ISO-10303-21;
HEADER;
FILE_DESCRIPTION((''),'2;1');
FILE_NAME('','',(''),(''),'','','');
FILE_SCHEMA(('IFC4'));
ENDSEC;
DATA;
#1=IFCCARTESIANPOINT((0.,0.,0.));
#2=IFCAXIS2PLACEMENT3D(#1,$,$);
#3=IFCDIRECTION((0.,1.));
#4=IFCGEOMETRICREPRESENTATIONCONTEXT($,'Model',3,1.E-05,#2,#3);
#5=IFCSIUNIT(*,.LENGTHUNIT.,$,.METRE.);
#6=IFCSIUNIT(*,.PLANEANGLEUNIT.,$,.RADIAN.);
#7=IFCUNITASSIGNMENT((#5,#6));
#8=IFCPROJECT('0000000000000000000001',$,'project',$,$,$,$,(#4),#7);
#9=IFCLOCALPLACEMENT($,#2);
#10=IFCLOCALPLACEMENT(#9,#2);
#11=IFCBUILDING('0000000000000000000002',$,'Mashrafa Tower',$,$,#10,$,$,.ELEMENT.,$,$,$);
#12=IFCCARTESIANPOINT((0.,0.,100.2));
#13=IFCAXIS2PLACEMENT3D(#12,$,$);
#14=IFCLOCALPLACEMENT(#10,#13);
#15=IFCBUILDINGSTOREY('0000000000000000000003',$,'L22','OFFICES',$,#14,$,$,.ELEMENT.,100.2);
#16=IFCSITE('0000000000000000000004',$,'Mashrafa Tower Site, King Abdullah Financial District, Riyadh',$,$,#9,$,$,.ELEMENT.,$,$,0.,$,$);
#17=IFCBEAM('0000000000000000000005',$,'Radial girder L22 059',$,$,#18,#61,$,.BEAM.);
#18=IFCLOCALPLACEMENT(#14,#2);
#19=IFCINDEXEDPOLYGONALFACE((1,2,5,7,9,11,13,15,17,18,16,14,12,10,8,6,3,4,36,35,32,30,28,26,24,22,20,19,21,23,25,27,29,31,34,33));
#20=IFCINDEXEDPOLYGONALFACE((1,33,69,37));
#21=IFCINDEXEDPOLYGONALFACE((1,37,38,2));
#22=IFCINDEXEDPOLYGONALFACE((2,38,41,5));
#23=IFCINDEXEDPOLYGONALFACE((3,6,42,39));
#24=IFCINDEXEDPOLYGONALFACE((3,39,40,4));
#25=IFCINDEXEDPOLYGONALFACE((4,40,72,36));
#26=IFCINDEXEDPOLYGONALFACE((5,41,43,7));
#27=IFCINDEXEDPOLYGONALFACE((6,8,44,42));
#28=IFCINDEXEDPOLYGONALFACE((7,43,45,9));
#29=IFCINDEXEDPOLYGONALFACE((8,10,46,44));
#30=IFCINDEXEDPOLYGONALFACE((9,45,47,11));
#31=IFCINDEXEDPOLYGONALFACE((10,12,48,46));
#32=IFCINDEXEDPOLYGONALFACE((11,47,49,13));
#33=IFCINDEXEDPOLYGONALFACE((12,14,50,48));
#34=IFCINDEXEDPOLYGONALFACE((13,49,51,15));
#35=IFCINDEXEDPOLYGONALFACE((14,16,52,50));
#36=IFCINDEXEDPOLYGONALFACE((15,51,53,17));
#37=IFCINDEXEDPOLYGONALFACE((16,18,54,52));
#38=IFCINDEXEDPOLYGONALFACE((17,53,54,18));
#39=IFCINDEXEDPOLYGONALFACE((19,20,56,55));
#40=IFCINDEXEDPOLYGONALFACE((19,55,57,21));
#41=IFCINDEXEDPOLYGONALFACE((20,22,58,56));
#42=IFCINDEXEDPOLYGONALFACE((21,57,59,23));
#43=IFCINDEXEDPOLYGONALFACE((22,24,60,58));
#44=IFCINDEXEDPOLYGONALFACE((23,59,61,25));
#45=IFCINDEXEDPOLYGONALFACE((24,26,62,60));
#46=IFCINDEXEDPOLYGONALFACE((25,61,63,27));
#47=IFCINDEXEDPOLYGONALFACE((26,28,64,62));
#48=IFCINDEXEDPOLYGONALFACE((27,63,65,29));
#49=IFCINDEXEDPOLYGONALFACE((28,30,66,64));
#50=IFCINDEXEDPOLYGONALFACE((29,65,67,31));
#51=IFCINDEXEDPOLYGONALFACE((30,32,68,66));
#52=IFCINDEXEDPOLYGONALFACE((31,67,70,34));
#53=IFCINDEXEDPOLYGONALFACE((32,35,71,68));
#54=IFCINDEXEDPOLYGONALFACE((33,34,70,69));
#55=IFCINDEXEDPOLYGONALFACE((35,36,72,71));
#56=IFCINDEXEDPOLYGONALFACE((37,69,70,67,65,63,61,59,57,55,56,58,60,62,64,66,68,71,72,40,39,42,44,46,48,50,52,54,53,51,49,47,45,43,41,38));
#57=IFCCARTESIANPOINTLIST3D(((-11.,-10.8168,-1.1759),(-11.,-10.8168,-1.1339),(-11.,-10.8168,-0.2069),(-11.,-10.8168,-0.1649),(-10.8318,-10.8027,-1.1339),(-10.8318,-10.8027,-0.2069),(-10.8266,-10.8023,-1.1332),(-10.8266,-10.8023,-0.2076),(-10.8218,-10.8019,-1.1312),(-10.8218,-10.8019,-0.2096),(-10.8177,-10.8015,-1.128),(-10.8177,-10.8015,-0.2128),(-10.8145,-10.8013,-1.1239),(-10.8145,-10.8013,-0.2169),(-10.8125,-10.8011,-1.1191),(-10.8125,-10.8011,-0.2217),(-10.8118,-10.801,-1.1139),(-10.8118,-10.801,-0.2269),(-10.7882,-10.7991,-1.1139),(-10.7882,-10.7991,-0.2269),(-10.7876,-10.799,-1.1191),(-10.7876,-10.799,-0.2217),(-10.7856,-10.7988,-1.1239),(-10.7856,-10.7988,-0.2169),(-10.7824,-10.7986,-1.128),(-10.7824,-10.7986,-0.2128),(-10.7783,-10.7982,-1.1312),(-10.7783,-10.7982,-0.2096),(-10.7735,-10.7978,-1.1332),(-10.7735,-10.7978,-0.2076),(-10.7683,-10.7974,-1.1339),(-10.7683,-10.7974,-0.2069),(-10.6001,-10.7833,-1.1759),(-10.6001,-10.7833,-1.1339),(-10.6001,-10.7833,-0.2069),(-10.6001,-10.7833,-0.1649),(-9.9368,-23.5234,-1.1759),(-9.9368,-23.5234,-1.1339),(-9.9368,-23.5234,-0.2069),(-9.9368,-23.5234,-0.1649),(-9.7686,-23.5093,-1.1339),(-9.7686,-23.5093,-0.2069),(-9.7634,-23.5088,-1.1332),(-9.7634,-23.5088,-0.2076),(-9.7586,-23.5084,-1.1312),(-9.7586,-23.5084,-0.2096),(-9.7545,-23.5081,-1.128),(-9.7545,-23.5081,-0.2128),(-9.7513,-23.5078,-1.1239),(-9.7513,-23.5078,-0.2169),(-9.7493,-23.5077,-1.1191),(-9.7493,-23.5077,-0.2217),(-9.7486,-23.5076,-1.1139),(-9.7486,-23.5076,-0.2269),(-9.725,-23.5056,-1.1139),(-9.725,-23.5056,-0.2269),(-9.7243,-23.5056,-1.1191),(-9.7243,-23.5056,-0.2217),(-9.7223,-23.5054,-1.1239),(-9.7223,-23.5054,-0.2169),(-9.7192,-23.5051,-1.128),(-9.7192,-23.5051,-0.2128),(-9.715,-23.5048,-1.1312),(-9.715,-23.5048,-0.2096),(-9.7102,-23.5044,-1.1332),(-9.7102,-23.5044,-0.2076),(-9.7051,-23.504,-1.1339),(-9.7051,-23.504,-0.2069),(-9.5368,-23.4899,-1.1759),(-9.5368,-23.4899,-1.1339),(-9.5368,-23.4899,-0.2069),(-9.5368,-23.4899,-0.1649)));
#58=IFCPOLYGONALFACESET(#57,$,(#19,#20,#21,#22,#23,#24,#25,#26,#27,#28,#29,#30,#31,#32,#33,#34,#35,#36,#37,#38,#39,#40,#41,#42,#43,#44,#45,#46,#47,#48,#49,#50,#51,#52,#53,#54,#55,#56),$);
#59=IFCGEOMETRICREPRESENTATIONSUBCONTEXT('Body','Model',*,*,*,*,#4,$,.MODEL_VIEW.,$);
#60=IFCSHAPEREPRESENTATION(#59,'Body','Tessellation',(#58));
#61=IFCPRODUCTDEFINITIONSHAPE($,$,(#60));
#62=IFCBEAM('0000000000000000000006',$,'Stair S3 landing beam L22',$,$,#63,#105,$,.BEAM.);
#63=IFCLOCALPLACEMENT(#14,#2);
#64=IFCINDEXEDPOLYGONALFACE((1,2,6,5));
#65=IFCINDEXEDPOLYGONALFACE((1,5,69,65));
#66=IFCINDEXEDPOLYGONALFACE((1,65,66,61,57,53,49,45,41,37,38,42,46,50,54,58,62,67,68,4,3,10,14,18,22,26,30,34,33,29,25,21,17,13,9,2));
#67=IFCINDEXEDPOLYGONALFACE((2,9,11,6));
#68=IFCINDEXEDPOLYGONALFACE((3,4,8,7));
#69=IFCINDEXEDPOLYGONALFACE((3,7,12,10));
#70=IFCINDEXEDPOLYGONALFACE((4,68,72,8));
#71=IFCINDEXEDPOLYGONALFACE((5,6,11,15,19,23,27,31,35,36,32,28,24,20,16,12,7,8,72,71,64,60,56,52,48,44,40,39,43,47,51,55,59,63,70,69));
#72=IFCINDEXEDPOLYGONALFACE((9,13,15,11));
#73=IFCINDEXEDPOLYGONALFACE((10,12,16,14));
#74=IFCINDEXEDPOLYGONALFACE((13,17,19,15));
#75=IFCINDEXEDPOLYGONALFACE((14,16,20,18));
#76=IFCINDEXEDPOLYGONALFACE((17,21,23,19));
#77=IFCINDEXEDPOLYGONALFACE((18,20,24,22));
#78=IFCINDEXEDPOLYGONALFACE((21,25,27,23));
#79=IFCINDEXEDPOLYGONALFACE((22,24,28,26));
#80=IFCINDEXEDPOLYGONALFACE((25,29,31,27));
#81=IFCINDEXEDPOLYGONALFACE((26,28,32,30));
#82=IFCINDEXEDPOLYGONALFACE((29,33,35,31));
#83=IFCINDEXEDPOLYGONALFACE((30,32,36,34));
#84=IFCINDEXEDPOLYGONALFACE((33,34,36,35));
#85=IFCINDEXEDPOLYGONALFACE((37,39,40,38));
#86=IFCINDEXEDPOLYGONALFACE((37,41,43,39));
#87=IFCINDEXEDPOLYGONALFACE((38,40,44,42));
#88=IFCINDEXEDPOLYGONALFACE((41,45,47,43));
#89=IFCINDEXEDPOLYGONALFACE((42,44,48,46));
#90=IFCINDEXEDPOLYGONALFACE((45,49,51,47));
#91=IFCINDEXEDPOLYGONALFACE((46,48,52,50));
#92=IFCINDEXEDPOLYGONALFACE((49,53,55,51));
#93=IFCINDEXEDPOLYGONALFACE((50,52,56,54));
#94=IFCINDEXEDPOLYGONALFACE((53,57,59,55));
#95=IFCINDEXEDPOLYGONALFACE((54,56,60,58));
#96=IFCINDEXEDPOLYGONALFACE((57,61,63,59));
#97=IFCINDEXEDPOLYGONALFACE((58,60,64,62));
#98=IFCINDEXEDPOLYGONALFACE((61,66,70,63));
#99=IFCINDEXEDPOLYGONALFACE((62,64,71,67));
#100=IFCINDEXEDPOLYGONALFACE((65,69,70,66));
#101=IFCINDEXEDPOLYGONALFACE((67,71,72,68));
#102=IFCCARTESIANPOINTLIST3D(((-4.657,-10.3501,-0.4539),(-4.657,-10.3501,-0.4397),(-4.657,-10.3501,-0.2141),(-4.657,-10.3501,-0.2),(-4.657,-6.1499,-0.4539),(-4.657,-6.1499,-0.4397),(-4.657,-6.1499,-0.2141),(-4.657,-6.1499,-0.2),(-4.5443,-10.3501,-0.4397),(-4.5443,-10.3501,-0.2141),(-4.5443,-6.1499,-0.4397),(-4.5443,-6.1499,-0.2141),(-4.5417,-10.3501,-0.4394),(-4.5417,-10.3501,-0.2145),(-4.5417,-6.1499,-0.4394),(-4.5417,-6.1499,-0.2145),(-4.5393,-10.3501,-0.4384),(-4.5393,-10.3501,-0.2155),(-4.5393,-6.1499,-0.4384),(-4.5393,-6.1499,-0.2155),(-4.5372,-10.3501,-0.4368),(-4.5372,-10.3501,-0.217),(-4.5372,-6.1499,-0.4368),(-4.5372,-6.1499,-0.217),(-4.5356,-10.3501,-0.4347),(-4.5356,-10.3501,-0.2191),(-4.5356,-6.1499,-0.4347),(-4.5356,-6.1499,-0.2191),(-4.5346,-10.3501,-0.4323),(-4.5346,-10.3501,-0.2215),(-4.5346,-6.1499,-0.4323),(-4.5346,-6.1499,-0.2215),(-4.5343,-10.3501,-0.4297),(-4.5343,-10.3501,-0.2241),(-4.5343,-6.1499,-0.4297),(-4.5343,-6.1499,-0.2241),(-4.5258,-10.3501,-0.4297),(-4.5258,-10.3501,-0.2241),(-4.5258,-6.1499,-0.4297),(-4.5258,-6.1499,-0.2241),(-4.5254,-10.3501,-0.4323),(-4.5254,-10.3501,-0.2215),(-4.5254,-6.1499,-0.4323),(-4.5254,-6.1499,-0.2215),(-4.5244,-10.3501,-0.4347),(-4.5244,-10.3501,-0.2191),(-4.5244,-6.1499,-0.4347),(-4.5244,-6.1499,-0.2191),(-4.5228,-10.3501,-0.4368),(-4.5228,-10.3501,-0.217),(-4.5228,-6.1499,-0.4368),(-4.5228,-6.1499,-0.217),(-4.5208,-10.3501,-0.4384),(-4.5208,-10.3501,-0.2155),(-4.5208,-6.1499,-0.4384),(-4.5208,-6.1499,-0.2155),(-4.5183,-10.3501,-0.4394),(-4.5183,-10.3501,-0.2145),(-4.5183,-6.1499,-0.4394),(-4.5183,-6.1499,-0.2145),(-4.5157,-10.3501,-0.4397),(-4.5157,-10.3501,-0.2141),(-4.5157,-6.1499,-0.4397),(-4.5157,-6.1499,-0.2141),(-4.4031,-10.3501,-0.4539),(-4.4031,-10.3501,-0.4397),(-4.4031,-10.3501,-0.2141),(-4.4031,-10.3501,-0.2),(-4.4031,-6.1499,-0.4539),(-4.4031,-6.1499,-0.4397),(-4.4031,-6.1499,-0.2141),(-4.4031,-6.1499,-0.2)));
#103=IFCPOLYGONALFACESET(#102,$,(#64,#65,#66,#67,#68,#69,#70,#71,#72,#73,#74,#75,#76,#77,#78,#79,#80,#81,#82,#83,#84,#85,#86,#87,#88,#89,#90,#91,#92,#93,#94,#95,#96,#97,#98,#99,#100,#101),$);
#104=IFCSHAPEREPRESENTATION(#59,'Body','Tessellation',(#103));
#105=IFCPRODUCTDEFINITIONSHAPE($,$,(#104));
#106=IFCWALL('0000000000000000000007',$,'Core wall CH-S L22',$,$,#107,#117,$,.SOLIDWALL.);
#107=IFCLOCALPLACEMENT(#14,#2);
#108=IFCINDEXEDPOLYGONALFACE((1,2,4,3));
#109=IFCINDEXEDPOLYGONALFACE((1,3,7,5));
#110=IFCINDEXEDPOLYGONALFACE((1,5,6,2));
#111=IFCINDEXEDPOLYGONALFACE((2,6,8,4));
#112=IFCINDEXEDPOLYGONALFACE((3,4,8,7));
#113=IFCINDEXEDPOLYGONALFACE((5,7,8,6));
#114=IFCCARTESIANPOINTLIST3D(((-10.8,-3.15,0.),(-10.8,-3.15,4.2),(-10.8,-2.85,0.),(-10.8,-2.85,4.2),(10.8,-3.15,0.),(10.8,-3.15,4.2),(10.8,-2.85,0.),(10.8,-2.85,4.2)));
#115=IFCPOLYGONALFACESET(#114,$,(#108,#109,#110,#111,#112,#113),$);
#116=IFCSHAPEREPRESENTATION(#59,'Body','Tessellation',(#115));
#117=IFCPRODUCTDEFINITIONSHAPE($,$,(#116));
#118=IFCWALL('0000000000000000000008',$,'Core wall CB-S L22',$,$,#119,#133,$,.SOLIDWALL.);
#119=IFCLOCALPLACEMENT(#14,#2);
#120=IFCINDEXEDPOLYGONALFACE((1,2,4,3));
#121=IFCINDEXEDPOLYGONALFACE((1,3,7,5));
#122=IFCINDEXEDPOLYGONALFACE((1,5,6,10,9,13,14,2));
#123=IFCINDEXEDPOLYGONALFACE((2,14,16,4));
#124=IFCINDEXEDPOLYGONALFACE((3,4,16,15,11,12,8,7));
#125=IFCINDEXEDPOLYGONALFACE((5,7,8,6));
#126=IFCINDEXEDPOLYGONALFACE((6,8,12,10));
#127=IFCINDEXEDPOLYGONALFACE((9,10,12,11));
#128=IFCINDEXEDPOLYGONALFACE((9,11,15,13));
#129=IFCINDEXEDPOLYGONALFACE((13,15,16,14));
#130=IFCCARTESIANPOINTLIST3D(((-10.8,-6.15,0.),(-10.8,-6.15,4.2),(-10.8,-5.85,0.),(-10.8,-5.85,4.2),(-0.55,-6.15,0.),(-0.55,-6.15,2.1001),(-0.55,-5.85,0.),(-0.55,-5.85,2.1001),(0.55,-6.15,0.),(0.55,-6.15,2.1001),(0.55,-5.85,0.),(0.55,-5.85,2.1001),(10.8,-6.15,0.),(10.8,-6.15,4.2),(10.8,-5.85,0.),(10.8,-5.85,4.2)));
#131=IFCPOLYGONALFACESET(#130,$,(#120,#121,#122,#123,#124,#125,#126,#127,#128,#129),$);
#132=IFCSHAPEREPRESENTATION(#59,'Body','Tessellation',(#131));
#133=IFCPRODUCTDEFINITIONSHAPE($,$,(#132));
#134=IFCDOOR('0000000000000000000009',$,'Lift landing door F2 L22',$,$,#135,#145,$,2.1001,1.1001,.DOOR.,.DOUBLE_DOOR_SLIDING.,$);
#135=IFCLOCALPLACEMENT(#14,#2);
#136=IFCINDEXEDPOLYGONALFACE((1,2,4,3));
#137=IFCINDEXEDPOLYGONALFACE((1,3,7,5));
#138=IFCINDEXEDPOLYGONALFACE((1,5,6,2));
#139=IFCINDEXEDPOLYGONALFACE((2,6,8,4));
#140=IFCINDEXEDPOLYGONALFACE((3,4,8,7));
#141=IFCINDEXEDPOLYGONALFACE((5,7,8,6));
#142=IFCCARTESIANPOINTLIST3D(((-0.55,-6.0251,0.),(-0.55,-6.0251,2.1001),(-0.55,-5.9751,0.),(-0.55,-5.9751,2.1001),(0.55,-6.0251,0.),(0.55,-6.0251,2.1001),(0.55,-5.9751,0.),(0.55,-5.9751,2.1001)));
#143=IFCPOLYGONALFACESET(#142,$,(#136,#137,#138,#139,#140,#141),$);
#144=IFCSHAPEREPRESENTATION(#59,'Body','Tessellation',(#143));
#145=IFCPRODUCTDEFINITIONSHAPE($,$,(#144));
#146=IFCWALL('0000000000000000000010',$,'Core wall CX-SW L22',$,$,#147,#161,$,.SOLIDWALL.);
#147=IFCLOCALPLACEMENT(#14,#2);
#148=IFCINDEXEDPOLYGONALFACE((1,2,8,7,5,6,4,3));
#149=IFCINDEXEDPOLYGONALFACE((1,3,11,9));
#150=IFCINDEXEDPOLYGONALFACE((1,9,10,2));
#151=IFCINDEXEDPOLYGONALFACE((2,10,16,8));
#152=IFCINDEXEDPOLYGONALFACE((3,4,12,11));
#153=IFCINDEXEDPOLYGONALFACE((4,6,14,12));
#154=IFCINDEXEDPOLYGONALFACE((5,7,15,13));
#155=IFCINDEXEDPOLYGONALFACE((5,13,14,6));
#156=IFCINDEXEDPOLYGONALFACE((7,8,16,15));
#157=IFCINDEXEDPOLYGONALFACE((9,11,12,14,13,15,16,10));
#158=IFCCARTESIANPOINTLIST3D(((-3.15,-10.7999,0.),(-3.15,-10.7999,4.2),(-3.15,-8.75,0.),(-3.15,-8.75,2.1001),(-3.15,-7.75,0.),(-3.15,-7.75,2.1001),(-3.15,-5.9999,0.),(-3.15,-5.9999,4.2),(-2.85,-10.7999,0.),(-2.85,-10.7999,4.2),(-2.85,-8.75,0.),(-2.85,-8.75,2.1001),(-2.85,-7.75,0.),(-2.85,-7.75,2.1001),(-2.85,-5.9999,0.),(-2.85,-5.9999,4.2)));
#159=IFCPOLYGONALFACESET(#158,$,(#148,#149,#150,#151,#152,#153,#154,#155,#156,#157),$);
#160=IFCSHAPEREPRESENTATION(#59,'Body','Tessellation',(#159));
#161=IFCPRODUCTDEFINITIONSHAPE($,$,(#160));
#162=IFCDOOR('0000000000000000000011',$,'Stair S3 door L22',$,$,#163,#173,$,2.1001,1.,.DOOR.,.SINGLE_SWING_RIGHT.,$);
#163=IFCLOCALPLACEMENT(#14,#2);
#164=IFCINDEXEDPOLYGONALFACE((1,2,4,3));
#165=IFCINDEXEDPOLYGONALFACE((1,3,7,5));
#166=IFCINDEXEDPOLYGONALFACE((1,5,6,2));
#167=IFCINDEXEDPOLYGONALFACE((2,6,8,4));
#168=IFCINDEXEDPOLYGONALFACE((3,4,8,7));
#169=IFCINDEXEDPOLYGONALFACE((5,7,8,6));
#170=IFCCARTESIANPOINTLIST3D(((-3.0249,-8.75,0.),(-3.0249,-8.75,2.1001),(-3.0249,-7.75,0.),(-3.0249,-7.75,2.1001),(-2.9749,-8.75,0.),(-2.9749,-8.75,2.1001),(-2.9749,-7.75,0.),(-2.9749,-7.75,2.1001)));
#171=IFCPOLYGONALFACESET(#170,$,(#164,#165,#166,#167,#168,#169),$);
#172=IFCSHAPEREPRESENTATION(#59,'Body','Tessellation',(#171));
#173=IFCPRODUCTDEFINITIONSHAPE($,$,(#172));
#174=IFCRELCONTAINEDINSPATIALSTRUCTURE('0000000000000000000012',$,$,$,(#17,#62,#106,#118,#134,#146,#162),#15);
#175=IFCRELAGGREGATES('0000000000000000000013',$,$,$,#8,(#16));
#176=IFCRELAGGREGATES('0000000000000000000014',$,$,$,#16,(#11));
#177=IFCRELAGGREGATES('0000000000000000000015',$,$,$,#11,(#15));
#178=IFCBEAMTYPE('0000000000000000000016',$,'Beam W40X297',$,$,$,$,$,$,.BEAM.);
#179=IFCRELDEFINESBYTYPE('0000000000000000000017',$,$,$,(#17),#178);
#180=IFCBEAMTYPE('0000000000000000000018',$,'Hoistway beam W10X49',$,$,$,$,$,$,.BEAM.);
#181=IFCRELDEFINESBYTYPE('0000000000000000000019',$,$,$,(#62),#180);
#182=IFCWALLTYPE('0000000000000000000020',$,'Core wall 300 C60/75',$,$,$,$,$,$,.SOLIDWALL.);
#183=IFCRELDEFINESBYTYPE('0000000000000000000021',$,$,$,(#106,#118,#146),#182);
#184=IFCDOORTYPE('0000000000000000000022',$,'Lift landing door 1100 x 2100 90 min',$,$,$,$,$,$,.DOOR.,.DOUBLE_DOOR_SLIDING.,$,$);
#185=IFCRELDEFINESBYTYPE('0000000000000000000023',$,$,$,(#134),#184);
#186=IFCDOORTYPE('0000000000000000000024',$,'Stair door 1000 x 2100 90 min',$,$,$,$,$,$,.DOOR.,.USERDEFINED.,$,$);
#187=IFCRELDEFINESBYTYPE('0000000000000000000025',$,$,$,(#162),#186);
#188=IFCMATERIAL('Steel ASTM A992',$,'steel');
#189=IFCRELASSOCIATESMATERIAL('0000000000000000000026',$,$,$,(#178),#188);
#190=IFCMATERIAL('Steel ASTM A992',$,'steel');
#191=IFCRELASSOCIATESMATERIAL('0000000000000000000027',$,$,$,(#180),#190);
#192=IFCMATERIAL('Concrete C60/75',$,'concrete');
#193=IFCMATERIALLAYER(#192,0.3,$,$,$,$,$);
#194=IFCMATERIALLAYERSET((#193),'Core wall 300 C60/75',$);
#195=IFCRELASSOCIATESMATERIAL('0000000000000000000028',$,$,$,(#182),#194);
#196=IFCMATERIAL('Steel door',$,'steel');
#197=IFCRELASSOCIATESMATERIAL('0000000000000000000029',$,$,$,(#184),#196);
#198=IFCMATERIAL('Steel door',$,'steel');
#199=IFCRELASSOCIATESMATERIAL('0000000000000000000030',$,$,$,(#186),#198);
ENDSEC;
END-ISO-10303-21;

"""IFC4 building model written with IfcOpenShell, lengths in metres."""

from ifc_helpers import new_model, si_unit, direction, frame, frame_2d, origin, origin_2d, place, context, subcontext, project, spatial, rectangle, i_section, extrude, material, layer, layer_set, material_profile, profile_set, type_object, element, fill, save


model = new_model("IFC4")

# Units and contexts
model_context = context("Model", 3, precision=1e-05, world=origin(), true_north=direction((0.0, 1.0)))
body_context = subcontext(model_context, "Body", "Model", "MODEL_VIEW")
ifc_project = project(units=[si_unit("LENGTHUNIT", "METRE"), si_unit("PLANEANGLEUNIT", "RADIAN")], contexts=[model_context])

# Site, building, storey
site_placement = place(None, origin())
site = spatial("IfcSite", under=ifc_project, at=site_placement, Name="Mashrafa Tower Site, King Abdullah Financial District, Riyadh", CompositionType="ELEMENT", RefElevation=0.0)
building_placement = place(site_placement, origin())
building = spatial("IfcBuilding", under=site, at=building_placement, Name="Mashrafa Tower", CompositionType="ELEMENT")
storey_placement = place(building_placement, frame((0.0, 0.0, 100.2)))
storey = spatial("IfcBuildingStorey", under=building, at=storey_placement, Name="L22", Description="OFFICES", CompositionType="ELEMENT", Elevation=100.2)

# Beams
ifc_material_1 = material(Name="Steel ASTM A992", Category="steel")
ifc_material_profile_1 = material_profile(ifc_material_1, i_section(OverallWidth=0.4014, OverallDepth=1.011, WebThickness=0.0237, FlangeThickness=0.042, FilletRadius=0.02, at=origin_2d()), Name="W40X297")
ifc_profile_set_1 = profile_set([ifc_material_profile_1], Name="Steel ASTM A992")
beam_type_1 = type_object("IfcBeamType", Name="Beam W40X297", PredefinedType="BEAM", material=ifc_profile_set_1)
beam_1_placement = place(storey_placement, frame((-10.8, -10.8, -0.6704), z_axis=(0.083385, -0.996517, 0.0), x_axis=(0.996517, 0.083385, 0.0)))
element("IfcBeam", 1, at=beam_1_placement, inside=storey, type_object=beam_type_1, Name="Radial girder L22 059", PredefinedType="BEAM", context=body_context, shape_type="SweptSolid", body=[
    extrude(i_section(OverallWidth=0.4014, OverallDepth=1.011, WebThickness=0.0237, FlangeThickness=0.042, FilletRadius=0.02, at=origin_2d()), origin(), (0.0, 0.0, 1.0), 12.751),
])
ifc_material_2 = material(Name="Steel ASTM A992", Category="steel")
ifc_material_profile_2 = material_profile(ifc_material_2, i_section(OverallWidth=0.2539, OverallDepth=0.2539, WebThickness=0.0085, FlangeThickness=0.0142, FilletRadius=0.01, at=origin_2d()), Name="W10X49")
ifc_profile_set_2 = profile_set([ifc_material_profile_2], Name="Steel ASTM A992")
beam_type_2 = type_object("IfcBeamType", Name="Hoistway beam W10X49", PredefinedType="BEAM", material=ifc_profile_set_2)
beam_2_placement = place(storey_placement, frame((-4.53, -10.3501, -0.3269), z_axis=(0.0, 1.0, 0.0), x_axis=(-1.0, 0.0, 0.0)))
element("IfcBeam", 2, at=beam_2_placement, inside=storey, type_object=beam_type_2, Name="Stair S3 landing beam L22", PredefinedType="BEAM", context=body_context, shape_type="SweptSolid", body=[
    extrude(i_section(OverallWidth=0.2539, OverallDepth=0.2539, WebThickness=0.0085, FlangeThickness=0.0142, FilletRadius=0.01, at=origin_2d()), origin(), (0.0, 0.0, 1.0), 4.2002),
])

# Wall
ifc_material_3 = material(Name="Concrete C60/75", Category="concrete")
ifc_layer_1 = layer(ifc_material_3, 0.3)
ifc_layer_set_1 = layer_set([ifc_layer_1], Name="Core wall 300 C60/75")
wall_type_1 = type_object("IfcWallType", Name="Core wall 300 C60/75", PredefinedType="SOLIDWALL", material=ifc_layer_set_1)
wall_1_placement = place(storey_placement, frame((-10.8, -3.0, 0.0), z_axis=(0.0, 0.0, 1.0), x_axis=(1.0, 0.0, 0.0)))
element("IfcWall", 3, at=wall_1_placement, inside=storey, type_object=wall_type_1, Name="Core wall CH-S L22", PredefinedType="SOLIDWALL", context=body_context, shape_type="SweptSolid", body=[
    extrude(rectangle(XDim=21.6001, YDim=0.3, at=frame_2d((10.8, 0.0))), origin(), (0.0, 0.0, 1.0), 4.2),
])

# Walls, openings, doors
wall_2_placement = place(storey_placement, frame((-10.8, -6.0, 0.0), z_axis=(0.0, 0.0, 1.0), x_axis=(1.0, 0.0, 0.0)))
wall_2 = element("IfcWall", 4, at=wall_2_placement, inside=storey, type_object=wall_type_1, Name="Core wall CB-S L22", PredefinedType="SOLIDWALL", context=body_context, shape_type="SweptSolid", body=[
    extrude(rectangle(XDim=21.6001, YDim=0.3, at=frame_2d((10.8, 0.0))), origin(), (0.0, 0.0, 1.0), 4.2),
])
opening_1_placement = place(wall_2_placement, frame((10.25, 0.0, 0.0)))
opening_1 = element("IfcOpeningElement", 5, at=opening_1_placement, cuts=wall_2, PredefinedType="OPENING", context=body_context, shape_type="SweptSolid", body=[
    extrude(rectangle(XDim=1.1001, YDim=2.1001, at=frame_2d((0.55, 1.05))), frame((0.0, 0.1599, 0.0), z_axis=(0.0, -1.0, 0.0), x_axis=(1.0, 0.0, 0.0)), (0.0, 0.0, 1.0), 0.3201),
])
ifc_material_4 = material(Name="Steel door", Category="steel")
door_type_1 = type_object("IfcDoorType", Name="Lift landing door 1100 x 2100 90 min", OperationType="DOUBLE_DOOR_SLIDING", PredefinedType="DOOR", material=ifc_material_4)
door_1_placement = place(opening_1_placement, origin())
door_1 = element("IfcDoor", 6, at=door_1_placement, inside=storey, type_object=door_type_1, Name="Lift landing door F2 L22", OperationType="DOUBLE_DOOR_SLIDING", OverallHeight=2.1001, OverallWidth=1.1001, PredefinedType="DOOR", context=body_context, shape_type="SweptSolid", body=[
    extrude(rectangle(XDim=1.1001, YDim=2.1001, at=frame_2d((0.55, 1.05))), frame((0.0, 0.0249, 0.0), z_axis=(0.0, -1.0, 0.0), x_axis=(1.0, 0.0, 0.0)), (0.0, 0.0, 1.0), 0.05),
])
fill(opening_1, door_1)
wall_3_placement = place(storey_placement, frame((-3.0, -6.0, 0.0), z_axis=(0.0, 0.0, 1.0), x_axis=(0.0, -1.0, 0.0)))
wall_3 = element("IfcWall", 7, at=wall_3_placement, inside=storey, type_object=wall_type_1, Name="Core wall CX-SW L22", PredefinedType="SOLIDWALL", context=body_context, shape_type="SweptSolid", body=[
    extrude(rectangle(XDim=4.8, YDim=0.3, at=frame_2d((2.3999, 0.0))), origin(), (0.0, 0.0, 1.0), 4.2),
])
opening_2_placement = place(wall_3_placement, frame((1.75, 0.0, 0.0)))
opening_2 = element("IfcOpeningElement", 8, at=opening_2_placement, cuts=wall_3, PredefinedType="OPENING", context=body_context, shape_type="SweptSolid", body=[
    extrude(rectangle(XDim=1.0, YDim=2.1001, at=frame_2d((0.5, 1.05))), frame((0.0, 0.1599, 0.0), z_axis=(0.0, -1.0, 0.0), x_axis=(1.0, 0.0, 0.0)), (0.0, 0.0, 1.0), 0.3201),
])
ifc_material_5 = material(Name="Steel door", Category="steel")
door_type_2 = type_object("IfcDoorType", Name="Stair door 1000 x 2100 90 min", OperationType="USERDEFINED", PredefinedType="DOOR", material=ifc_material_5)
door_2_placement = place(opening_2_placement, frame((1.0, 0.0, 0.0), z_axis=(0.0, 0.0, 1.0), x_axis=(-1.0, 0.0, 0.0)))
door_2 = element("IfcDoor", 9, at=door_2_placement, inside=storey, type_object=door_type_2, Name="Stair S3 door L22", OperationType="SINGLE_SWING_RIGHT", OverallHeight=2.1001, OverallWidth=1.0, PredefinedType="DOOR", context=body_context, shape_type="SweptSolid", body=[
    extrude(rectangle(XDim=1.0, YDim=2.1001, at=frame_2d((0.5, 1.05))), frame((0.0, 0.0249, 0.0), z_axis=(0.0, -1.0, 0.0), x_axis=(1.0, 0.0, 0.0)), (0.0, 0.0, 1.0), 0.05),
])
fill(opening_2, door_2)

save(model, "model.ifc")
